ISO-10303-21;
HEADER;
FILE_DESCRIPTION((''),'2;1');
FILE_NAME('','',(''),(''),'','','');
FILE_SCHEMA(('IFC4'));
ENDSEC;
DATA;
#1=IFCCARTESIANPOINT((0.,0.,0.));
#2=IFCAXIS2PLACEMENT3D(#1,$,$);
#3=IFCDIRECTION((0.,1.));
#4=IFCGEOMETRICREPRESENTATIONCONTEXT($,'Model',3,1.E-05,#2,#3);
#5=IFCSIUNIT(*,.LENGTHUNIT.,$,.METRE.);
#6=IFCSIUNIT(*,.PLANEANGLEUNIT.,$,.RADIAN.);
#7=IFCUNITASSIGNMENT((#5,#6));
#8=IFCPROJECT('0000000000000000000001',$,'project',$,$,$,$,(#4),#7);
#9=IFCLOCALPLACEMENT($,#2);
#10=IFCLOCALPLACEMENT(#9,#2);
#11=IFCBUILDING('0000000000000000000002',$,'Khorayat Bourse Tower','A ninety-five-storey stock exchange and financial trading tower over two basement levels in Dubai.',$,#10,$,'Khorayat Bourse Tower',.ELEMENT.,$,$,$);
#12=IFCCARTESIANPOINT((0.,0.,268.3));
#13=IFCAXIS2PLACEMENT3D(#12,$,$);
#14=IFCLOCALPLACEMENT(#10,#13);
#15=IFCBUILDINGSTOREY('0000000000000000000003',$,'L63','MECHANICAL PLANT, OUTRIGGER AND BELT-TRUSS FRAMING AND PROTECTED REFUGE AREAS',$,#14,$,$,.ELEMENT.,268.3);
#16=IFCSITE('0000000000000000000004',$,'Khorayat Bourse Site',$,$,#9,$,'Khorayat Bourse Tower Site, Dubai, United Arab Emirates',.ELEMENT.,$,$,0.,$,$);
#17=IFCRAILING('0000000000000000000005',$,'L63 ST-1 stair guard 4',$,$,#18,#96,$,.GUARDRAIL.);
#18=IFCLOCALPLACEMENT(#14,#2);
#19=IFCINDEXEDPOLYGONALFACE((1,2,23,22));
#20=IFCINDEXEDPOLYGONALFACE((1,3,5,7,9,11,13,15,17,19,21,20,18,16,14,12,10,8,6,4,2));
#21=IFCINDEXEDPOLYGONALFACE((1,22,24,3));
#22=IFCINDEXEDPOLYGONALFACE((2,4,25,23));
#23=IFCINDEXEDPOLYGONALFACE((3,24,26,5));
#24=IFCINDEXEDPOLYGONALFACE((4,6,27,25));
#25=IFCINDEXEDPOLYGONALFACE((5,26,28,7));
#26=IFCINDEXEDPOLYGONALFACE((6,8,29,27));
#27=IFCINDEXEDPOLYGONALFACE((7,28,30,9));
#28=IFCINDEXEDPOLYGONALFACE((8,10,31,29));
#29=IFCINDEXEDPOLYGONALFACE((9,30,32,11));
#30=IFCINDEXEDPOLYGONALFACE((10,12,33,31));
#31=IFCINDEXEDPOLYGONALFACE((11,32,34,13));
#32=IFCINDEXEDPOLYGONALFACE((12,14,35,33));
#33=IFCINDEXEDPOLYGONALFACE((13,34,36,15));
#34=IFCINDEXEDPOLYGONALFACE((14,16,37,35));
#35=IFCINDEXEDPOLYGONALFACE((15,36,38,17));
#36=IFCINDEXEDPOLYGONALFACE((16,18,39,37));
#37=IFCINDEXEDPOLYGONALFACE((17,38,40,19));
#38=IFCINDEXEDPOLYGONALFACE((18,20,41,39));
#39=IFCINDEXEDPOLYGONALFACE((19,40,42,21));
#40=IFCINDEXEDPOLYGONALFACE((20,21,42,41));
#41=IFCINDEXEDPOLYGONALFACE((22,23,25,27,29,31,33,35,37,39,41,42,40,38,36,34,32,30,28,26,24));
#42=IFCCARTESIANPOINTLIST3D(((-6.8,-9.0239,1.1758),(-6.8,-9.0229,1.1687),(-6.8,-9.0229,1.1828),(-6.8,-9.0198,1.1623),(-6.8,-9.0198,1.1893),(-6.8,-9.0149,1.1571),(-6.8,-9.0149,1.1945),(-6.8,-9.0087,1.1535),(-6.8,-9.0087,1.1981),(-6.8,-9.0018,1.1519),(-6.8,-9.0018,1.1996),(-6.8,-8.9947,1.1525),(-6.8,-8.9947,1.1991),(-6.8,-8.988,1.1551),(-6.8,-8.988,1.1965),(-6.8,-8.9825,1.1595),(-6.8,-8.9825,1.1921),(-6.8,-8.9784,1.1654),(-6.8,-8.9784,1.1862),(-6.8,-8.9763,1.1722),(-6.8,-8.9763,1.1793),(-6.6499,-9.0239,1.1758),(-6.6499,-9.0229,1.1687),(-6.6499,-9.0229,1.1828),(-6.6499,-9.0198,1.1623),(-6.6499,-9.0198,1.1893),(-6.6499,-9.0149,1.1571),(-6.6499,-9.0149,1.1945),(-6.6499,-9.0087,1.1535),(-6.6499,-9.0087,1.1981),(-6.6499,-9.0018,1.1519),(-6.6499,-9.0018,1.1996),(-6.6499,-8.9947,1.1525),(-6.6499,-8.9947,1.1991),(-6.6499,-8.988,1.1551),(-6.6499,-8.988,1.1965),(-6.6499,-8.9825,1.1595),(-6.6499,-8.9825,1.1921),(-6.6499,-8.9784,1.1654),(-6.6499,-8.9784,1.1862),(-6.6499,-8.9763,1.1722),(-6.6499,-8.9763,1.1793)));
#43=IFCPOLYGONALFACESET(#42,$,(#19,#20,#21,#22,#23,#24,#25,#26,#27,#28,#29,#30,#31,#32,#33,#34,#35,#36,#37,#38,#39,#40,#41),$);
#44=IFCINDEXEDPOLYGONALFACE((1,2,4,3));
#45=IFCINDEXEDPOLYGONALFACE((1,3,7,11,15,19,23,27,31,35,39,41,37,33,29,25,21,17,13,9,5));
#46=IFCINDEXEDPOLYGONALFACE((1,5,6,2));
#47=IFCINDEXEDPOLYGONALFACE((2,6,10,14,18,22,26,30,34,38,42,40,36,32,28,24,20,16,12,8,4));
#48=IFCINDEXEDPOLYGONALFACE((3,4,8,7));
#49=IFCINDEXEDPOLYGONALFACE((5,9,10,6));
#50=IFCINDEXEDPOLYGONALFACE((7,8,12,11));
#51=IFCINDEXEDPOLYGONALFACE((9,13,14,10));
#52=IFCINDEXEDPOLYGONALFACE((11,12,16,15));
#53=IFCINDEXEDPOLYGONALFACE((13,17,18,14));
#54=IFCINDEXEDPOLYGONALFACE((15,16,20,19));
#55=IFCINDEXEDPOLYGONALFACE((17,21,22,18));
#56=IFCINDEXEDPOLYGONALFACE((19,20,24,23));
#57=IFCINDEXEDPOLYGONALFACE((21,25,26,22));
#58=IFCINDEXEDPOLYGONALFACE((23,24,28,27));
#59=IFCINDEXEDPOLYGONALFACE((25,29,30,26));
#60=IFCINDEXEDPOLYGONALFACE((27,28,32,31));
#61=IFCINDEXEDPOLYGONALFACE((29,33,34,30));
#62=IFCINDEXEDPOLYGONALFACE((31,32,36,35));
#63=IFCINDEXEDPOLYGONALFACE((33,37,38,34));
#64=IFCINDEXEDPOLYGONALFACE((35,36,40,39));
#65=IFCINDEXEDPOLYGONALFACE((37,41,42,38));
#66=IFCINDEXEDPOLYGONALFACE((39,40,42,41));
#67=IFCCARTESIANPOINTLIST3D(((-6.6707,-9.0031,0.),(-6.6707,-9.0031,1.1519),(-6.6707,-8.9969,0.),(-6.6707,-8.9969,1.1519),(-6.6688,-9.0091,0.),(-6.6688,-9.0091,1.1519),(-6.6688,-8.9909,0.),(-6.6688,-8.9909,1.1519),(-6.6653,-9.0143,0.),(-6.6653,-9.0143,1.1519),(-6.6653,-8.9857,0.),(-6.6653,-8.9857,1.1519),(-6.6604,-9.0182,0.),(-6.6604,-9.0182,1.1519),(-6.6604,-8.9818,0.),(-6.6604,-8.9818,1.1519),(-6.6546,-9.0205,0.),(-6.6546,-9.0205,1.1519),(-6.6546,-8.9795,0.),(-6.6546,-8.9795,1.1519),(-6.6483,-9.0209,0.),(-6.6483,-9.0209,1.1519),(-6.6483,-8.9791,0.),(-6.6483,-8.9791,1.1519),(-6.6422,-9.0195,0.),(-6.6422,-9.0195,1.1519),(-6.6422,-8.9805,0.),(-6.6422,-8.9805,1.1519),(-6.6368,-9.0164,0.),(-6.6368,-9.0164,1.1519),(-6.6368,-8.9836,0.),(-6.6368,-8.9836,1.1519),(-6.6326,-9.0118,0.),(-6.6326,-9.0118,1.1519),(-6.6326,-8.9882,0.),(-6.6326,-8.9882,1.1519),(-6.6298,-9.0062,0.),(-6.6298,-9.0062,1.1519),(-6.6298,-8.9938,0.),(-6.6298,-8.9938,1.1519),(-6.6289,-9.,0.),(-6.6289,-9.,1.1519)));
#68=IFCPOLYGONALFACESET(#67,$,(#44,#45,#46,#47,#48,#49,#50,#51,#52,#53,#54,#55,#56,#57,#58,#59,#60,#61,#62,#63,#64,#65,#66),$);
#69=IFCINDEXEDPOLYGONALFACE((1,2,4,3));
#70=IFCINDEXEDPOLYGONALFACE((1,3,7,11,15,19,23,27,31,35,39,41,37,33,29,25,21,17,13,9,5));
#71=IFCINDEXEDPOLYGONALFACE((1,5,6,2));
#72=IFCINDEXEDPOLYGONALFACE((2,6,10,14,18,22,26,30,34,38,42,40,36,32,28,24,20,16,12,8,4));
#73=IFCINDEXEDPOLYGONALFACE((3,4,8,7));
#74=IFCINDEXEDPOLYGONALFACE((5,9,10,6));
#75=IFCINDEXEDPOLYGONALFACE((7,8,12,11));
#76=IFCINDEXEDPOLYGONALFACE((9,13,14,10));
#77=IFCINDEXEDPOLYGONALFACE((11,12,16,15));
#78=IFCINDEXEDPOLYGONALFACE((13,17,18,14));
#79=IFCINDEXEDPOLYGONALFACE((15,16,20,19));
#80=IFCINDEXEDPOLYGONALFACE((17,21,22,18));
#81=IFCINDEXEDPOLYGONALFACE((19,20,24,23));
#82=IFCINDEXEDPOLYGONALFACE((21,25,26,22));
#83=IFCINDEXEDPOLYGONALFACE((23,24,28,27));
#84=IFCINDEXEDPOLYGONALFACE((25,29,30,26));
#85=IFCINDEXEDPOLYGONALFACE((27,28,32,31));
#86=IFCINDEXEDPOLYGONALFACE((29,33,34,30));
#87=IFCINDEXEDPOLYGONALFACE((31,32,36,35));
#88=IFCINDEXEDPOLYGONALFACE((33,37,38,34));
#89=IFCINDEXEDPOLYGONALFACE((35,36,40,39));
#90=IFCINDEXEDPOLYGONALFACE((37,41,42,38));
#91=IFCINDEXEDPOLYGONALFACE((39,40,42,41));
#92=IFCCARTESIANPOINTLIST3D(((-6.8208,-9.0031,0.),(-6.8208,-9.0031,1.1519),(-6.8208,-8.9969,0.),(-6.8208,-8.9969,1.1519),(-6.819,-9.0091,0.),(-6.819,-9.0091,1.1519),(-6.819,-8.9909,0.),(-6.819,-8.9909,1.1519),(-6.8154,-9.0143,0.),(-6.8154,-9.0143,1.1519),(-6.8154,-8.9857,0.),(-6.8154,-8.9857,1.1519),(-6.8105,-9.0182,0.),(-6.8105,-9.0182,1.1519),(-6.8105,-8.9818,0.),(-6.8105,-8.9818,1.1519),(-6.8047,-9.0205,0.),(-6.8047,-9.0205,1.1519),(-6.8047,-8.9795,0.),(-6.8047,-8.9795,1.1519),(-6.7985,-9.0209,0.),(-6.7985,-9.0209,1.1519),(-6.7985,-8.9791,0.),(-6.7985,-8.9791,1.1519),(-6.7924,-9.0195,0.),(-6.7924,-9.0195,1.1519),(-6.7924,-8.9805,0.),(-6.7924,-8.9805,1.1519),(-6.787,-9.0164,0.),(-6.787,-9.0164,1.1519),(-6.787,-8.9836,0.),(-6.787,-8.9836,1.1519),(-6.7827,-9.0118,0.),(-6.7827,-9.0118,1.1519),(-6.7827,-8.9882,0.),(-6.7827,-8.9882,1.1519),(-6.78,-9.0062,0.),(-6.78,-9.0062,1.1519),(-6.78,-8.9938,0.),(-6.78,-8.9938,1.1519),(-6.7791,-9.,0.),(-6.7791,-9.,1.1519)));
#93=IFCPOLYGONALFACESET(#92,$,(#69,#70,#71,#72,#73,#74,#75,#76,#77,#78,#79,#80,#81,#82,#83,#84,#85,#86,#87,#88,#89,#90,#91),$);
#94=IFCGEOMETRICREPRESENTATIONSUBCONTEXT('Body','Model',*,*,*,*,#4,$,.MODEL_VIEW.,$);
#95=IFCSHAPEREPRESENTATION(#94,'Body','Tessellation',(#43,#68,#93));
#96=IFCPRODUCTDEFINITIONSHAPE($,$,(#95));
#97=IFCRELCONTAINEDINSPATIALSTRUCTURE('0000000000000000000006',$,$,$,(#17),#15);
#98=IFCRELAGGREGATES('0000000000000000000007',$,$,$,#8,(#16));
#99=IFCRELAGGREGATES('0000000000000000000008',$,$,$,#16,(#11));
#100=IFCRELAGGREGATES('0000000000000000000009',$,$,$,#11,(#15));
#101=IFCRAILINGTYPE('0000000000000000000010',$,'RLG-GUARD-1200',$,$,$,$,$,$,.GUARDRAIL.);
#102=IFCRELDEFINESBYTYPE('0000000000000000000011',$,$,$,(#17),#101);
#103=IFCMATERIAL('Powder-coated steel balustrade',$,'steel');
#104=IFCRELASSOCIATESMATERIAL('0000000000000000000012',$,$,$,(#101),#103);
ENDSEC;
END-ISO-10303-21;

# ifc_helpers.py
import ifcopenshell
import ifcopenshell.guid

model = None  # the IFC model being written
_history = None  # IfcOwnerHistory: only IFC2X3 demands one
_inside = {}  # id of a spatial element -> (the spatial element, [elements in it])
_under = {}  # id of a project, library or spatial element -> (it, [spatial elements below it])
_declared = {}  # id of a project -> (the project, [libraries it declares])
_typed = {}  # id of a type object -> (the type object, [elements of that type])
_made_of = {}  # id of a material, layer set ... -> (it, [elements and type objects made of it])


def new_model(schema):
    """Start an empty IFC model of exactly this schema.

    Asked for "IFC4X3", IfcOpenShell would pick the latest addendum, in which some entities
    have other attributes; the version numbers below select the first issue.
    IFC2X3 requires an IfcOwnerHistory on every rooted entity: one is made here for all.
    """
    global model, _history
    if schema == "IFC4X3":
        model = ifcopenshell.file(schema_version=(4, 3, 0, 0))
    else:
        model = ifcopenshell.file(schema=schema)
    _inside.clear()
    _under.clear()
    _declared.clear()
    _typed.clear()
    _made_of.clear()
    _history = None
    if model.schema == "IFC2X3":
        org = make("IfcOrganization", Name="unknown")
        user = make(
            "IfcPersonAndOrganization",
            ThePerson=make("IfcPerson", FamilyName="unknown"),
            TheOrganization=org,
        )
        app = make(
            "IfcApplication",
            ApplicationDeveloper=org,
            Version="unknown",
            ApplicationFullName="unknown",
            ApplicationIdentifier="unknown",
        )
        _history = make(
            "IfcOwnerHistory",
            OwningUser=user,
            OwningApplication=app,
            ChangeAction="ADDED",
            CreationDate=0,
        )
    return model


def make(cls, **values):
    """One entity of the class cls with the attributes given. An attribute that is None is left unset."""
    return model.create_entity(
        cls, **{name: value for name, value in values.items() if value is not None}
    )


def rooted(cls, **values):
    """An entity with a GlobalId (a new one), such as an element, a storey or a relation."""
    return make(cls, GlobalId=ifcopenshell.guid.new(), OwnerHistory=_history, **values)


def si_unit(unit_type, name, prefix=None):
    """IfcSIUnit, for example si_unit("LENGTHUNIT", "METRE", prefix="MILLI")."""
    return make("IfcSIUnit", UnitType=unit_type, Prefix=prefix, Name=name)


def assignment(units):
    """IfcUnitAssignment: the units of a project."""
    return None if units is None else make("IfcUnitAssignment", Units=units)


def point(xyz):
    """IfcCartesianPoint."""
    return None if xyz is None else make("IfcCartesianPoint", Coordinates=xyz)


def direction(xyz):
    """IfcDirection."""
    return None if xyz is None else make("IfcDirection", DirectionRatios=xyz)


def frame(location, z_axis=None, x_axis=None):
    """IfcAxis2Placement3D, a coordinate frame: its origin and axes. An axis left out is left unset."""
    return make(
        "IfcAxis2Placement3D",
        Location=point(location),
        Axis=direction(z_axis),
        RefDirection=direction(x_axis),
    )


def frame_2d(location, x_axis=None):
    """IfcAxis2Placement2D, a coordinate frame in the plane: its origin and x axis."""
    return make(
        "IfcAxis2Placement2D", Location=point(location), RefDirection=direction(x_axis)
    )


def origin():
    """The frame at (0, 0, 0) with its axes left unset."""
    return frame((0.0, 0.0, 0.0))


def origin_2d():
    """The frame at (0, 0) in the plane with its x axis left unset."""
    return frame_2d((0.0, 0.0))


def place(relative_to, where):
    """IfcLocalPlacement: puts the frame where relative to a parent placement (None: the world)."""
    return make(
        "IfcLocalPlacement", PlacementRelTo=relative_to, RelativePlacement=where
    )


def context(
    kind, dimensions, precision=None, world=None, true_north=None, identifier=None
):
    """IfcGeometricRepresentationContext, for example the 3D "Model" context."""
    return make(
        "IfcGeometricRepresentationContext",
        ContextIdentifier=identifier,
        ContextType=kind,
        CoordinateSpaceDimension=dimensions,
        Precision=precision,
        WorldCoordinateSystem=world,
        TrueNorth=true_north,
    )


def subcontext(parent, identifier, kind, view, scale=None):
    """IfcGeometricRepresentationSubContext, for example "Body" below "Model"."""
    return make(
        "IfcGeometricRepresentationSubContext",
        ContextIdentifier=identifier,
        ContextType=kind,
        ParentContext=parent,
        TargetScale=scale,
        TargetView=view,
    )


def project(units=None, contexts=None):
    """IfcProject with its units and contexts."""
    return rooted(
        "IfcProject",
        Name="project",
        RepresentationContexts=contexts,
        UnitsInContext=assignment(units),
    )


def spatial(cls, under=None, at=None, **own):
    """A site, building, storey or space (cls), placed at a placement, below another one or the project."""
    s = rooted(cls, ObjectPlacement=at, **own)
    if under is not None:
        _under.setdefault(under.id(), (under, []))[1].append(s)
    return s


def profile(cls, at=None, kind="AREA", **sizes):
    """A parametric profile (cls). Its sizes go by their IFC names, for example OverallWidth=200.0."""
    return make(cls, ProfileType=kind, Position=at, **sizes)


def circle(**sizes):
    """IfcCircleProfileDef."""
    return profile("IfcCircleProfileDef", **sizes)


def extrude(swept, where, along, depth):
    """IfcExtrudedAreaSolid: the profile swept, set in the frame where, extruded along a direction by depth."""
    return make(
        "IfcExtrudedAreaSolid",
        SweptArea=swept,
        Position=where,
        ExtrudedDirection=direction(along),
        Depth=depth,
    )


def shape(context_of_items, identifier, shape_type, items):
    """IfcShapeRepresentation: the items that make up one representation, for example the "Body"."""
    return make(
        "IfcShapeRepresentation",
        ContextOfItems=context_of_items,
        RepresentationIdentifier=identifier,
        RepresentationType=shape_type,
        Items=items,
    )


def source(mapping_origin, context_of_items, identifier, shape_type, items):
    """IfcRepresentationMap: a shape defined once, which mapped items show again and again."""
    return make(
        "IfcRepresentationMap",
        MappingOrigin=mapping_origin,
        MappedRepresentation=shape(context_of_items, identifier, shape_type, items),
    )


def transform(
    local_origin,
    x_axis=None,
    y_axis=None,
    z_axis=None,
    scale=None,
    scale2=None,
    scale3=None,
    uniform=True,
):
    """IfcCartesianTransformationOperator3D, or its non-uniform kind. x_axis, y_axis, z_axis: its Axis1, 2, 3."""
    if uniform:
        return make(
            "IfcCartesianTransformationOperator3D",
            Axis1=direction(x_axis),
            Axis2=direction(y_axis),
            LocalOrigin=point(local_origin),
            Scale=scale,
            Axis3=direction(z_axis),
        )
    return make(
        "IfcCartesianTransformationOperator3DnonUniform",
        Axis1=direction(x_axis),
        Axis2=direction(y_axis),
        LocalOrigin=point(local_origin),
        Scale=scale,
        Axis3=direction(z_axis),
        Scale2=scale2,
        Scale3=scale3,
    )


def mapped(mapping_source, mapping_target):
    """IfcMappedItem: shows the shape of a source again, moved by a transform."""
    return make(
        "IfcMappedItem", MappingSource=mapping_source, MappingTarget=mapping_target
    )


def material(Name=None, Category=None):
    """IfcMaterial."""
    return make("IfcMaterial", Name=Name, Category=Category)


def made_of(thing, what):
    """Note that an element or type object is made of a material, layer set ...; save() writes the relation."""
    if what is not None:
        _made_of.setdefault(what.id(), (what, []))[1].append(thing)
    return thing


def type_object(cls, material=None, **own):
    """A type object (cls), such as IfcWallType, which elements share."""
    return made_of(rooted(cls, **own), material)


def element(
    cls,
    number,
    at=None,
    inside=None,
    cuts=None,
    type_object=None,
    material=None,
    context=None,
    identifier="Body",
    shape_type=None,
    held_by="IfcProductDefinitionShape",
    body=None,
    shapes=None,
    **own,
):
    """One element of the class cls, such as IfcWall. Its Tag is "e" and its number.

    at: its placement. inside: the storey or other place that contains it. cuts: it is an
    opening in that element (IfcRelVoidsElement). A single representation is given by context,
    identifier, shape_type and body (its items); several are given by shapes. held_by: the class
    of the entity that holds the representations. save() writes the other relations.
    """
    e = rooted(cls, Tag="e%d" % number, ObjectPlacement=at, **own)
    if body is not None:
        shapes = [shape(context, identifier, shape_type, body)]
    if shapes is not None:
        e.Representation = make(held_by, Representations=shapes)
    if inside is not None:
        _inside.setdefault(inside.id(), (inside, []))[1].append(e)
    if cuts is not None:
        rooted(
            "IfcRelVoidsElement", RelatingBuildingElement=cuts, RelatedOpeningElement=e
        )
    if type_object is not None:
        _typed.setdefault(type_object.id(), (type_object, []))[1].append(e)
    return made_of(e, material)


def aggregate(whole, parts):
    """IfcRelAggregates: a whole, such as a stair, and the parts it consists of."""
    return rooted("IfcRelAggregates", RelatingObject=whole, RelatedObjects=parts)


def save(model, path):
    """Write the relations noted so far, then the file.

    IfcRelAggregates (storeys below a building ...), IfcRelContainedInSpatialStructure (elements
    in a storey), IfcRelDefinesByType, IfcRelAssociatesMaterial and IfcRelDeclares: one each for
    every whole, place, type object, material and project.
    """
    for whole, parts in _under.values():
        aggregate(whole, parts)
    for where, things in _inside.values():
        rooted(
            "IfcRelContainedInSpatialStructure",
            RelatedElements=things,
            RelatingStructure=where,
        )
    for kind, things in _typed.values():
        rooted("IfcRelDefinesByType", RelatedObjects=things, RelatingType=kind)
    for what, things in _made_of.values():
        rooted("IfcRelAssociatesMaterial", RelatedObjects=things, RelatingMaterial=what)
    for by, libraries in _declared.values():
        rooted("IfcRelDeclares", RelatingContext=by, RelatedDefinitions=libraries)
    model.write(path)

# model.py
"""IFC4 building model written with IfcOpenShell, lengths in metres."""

from ifc_helpers import new_model, si_unit, direction, frame, origin, origin_2d, place, context, subcontext, project, spatial, circle, extrude, source, transform, mapped, material, type_object, element, save


model = new_model("IFC4")

# Units and contexts
model_context = context("Model", 3, precision=1e-05, world=origin(), true_north=direction((0.0, 1.0)))
body_context = subcontext(model_context, "Body", "Model", "MODEL_VIEW")
ifc_project = project(units=[si_unit("LENGTHUNIT", "METRE"), si_unit("PLANEANGLEUNIT", "RADIAN")], contexts=[model_context])

# Site, building, storey
site_placement = place(None, origin())
site = spatial("IfcSite", under=ifc_project, at=site_placement, Name="Khorayat Bourse Site", LongName="Khorayat Bourse Tower Site, Dubai, United Arab Emirates", CompositionType="ELEMENT", RefElevation=0.0)
building_placement = place(site_placement, origin())
building = spatial("IfcBuilding", under=site, at=building_placement, Name="Khorayat Bourse Tower", Description="A ninety-five-storey stock exchange and financial trading tower over two basement levels in Dubai.", LongName="Khorayat Bourse Tower", CompositionType="ELEMENT")
storey_placement = place(building_placement, frame((0.0, 0.0, 268.3)))
storey = spatial("IfcBuildingStorey", under=building, at=storey_placement, Name="L63", Description="MECHANICAL PLANT, OUTRIGGER AND BELT-TRUSS FRAMING AND PROTECTED REFUGE AREAS", CompositionType="ELEMENT", Elevation=268.3)

# Railing
ifc_material_1 = material(Name="Powder-coated steel balustrade", Category="steel")
railing_type_1 = type_object("IfcRailingType", Name="RLG-GUARD-1200", PredefinedType="GUARDRAIL", material=ifc_material_1)
shared_shape_1 = source(origin(), body_context, "Body", "SweptSolid", [
    extrude(circle(Radius=0.0239, at=origin_2d()), frame((0.0, 0.0, 1.1758), z_axis=(-1.0, 0.0, 0.0), x_axis=(0.0, -1.0, 0.0)), (0.0, 0.0, 1.0), 0.1501),
    extrude(circle(Radius=0.021, at=origin_2d()), origin(), (0.0, 0.0, 1.0), 1.1519),
    extrude(circle(Radius=0.021, at=origin_2d()), frame((-0.1501, 0.0, 0.0)), (0.0, 0.0, 1.0), 1.1519),
])
for number, where, name in (
    (1, (-6.6499, -9.0, 0.0), "L63 ST-1 stair guard 4"),
):
    element("IfcRailing", number, at=place(storey_placement, frame(where)), inside=storey, type_object=railing_type_1, Name=name, PredefinedType="GUARDRAIL", context=body_context, shape_type="MappedRepresentation", body=[
        mapped(shared_shape_1, transform((0.0, 0.0, 0.0), scale=1.0)),
    ])

save(model, "model.ifc")
